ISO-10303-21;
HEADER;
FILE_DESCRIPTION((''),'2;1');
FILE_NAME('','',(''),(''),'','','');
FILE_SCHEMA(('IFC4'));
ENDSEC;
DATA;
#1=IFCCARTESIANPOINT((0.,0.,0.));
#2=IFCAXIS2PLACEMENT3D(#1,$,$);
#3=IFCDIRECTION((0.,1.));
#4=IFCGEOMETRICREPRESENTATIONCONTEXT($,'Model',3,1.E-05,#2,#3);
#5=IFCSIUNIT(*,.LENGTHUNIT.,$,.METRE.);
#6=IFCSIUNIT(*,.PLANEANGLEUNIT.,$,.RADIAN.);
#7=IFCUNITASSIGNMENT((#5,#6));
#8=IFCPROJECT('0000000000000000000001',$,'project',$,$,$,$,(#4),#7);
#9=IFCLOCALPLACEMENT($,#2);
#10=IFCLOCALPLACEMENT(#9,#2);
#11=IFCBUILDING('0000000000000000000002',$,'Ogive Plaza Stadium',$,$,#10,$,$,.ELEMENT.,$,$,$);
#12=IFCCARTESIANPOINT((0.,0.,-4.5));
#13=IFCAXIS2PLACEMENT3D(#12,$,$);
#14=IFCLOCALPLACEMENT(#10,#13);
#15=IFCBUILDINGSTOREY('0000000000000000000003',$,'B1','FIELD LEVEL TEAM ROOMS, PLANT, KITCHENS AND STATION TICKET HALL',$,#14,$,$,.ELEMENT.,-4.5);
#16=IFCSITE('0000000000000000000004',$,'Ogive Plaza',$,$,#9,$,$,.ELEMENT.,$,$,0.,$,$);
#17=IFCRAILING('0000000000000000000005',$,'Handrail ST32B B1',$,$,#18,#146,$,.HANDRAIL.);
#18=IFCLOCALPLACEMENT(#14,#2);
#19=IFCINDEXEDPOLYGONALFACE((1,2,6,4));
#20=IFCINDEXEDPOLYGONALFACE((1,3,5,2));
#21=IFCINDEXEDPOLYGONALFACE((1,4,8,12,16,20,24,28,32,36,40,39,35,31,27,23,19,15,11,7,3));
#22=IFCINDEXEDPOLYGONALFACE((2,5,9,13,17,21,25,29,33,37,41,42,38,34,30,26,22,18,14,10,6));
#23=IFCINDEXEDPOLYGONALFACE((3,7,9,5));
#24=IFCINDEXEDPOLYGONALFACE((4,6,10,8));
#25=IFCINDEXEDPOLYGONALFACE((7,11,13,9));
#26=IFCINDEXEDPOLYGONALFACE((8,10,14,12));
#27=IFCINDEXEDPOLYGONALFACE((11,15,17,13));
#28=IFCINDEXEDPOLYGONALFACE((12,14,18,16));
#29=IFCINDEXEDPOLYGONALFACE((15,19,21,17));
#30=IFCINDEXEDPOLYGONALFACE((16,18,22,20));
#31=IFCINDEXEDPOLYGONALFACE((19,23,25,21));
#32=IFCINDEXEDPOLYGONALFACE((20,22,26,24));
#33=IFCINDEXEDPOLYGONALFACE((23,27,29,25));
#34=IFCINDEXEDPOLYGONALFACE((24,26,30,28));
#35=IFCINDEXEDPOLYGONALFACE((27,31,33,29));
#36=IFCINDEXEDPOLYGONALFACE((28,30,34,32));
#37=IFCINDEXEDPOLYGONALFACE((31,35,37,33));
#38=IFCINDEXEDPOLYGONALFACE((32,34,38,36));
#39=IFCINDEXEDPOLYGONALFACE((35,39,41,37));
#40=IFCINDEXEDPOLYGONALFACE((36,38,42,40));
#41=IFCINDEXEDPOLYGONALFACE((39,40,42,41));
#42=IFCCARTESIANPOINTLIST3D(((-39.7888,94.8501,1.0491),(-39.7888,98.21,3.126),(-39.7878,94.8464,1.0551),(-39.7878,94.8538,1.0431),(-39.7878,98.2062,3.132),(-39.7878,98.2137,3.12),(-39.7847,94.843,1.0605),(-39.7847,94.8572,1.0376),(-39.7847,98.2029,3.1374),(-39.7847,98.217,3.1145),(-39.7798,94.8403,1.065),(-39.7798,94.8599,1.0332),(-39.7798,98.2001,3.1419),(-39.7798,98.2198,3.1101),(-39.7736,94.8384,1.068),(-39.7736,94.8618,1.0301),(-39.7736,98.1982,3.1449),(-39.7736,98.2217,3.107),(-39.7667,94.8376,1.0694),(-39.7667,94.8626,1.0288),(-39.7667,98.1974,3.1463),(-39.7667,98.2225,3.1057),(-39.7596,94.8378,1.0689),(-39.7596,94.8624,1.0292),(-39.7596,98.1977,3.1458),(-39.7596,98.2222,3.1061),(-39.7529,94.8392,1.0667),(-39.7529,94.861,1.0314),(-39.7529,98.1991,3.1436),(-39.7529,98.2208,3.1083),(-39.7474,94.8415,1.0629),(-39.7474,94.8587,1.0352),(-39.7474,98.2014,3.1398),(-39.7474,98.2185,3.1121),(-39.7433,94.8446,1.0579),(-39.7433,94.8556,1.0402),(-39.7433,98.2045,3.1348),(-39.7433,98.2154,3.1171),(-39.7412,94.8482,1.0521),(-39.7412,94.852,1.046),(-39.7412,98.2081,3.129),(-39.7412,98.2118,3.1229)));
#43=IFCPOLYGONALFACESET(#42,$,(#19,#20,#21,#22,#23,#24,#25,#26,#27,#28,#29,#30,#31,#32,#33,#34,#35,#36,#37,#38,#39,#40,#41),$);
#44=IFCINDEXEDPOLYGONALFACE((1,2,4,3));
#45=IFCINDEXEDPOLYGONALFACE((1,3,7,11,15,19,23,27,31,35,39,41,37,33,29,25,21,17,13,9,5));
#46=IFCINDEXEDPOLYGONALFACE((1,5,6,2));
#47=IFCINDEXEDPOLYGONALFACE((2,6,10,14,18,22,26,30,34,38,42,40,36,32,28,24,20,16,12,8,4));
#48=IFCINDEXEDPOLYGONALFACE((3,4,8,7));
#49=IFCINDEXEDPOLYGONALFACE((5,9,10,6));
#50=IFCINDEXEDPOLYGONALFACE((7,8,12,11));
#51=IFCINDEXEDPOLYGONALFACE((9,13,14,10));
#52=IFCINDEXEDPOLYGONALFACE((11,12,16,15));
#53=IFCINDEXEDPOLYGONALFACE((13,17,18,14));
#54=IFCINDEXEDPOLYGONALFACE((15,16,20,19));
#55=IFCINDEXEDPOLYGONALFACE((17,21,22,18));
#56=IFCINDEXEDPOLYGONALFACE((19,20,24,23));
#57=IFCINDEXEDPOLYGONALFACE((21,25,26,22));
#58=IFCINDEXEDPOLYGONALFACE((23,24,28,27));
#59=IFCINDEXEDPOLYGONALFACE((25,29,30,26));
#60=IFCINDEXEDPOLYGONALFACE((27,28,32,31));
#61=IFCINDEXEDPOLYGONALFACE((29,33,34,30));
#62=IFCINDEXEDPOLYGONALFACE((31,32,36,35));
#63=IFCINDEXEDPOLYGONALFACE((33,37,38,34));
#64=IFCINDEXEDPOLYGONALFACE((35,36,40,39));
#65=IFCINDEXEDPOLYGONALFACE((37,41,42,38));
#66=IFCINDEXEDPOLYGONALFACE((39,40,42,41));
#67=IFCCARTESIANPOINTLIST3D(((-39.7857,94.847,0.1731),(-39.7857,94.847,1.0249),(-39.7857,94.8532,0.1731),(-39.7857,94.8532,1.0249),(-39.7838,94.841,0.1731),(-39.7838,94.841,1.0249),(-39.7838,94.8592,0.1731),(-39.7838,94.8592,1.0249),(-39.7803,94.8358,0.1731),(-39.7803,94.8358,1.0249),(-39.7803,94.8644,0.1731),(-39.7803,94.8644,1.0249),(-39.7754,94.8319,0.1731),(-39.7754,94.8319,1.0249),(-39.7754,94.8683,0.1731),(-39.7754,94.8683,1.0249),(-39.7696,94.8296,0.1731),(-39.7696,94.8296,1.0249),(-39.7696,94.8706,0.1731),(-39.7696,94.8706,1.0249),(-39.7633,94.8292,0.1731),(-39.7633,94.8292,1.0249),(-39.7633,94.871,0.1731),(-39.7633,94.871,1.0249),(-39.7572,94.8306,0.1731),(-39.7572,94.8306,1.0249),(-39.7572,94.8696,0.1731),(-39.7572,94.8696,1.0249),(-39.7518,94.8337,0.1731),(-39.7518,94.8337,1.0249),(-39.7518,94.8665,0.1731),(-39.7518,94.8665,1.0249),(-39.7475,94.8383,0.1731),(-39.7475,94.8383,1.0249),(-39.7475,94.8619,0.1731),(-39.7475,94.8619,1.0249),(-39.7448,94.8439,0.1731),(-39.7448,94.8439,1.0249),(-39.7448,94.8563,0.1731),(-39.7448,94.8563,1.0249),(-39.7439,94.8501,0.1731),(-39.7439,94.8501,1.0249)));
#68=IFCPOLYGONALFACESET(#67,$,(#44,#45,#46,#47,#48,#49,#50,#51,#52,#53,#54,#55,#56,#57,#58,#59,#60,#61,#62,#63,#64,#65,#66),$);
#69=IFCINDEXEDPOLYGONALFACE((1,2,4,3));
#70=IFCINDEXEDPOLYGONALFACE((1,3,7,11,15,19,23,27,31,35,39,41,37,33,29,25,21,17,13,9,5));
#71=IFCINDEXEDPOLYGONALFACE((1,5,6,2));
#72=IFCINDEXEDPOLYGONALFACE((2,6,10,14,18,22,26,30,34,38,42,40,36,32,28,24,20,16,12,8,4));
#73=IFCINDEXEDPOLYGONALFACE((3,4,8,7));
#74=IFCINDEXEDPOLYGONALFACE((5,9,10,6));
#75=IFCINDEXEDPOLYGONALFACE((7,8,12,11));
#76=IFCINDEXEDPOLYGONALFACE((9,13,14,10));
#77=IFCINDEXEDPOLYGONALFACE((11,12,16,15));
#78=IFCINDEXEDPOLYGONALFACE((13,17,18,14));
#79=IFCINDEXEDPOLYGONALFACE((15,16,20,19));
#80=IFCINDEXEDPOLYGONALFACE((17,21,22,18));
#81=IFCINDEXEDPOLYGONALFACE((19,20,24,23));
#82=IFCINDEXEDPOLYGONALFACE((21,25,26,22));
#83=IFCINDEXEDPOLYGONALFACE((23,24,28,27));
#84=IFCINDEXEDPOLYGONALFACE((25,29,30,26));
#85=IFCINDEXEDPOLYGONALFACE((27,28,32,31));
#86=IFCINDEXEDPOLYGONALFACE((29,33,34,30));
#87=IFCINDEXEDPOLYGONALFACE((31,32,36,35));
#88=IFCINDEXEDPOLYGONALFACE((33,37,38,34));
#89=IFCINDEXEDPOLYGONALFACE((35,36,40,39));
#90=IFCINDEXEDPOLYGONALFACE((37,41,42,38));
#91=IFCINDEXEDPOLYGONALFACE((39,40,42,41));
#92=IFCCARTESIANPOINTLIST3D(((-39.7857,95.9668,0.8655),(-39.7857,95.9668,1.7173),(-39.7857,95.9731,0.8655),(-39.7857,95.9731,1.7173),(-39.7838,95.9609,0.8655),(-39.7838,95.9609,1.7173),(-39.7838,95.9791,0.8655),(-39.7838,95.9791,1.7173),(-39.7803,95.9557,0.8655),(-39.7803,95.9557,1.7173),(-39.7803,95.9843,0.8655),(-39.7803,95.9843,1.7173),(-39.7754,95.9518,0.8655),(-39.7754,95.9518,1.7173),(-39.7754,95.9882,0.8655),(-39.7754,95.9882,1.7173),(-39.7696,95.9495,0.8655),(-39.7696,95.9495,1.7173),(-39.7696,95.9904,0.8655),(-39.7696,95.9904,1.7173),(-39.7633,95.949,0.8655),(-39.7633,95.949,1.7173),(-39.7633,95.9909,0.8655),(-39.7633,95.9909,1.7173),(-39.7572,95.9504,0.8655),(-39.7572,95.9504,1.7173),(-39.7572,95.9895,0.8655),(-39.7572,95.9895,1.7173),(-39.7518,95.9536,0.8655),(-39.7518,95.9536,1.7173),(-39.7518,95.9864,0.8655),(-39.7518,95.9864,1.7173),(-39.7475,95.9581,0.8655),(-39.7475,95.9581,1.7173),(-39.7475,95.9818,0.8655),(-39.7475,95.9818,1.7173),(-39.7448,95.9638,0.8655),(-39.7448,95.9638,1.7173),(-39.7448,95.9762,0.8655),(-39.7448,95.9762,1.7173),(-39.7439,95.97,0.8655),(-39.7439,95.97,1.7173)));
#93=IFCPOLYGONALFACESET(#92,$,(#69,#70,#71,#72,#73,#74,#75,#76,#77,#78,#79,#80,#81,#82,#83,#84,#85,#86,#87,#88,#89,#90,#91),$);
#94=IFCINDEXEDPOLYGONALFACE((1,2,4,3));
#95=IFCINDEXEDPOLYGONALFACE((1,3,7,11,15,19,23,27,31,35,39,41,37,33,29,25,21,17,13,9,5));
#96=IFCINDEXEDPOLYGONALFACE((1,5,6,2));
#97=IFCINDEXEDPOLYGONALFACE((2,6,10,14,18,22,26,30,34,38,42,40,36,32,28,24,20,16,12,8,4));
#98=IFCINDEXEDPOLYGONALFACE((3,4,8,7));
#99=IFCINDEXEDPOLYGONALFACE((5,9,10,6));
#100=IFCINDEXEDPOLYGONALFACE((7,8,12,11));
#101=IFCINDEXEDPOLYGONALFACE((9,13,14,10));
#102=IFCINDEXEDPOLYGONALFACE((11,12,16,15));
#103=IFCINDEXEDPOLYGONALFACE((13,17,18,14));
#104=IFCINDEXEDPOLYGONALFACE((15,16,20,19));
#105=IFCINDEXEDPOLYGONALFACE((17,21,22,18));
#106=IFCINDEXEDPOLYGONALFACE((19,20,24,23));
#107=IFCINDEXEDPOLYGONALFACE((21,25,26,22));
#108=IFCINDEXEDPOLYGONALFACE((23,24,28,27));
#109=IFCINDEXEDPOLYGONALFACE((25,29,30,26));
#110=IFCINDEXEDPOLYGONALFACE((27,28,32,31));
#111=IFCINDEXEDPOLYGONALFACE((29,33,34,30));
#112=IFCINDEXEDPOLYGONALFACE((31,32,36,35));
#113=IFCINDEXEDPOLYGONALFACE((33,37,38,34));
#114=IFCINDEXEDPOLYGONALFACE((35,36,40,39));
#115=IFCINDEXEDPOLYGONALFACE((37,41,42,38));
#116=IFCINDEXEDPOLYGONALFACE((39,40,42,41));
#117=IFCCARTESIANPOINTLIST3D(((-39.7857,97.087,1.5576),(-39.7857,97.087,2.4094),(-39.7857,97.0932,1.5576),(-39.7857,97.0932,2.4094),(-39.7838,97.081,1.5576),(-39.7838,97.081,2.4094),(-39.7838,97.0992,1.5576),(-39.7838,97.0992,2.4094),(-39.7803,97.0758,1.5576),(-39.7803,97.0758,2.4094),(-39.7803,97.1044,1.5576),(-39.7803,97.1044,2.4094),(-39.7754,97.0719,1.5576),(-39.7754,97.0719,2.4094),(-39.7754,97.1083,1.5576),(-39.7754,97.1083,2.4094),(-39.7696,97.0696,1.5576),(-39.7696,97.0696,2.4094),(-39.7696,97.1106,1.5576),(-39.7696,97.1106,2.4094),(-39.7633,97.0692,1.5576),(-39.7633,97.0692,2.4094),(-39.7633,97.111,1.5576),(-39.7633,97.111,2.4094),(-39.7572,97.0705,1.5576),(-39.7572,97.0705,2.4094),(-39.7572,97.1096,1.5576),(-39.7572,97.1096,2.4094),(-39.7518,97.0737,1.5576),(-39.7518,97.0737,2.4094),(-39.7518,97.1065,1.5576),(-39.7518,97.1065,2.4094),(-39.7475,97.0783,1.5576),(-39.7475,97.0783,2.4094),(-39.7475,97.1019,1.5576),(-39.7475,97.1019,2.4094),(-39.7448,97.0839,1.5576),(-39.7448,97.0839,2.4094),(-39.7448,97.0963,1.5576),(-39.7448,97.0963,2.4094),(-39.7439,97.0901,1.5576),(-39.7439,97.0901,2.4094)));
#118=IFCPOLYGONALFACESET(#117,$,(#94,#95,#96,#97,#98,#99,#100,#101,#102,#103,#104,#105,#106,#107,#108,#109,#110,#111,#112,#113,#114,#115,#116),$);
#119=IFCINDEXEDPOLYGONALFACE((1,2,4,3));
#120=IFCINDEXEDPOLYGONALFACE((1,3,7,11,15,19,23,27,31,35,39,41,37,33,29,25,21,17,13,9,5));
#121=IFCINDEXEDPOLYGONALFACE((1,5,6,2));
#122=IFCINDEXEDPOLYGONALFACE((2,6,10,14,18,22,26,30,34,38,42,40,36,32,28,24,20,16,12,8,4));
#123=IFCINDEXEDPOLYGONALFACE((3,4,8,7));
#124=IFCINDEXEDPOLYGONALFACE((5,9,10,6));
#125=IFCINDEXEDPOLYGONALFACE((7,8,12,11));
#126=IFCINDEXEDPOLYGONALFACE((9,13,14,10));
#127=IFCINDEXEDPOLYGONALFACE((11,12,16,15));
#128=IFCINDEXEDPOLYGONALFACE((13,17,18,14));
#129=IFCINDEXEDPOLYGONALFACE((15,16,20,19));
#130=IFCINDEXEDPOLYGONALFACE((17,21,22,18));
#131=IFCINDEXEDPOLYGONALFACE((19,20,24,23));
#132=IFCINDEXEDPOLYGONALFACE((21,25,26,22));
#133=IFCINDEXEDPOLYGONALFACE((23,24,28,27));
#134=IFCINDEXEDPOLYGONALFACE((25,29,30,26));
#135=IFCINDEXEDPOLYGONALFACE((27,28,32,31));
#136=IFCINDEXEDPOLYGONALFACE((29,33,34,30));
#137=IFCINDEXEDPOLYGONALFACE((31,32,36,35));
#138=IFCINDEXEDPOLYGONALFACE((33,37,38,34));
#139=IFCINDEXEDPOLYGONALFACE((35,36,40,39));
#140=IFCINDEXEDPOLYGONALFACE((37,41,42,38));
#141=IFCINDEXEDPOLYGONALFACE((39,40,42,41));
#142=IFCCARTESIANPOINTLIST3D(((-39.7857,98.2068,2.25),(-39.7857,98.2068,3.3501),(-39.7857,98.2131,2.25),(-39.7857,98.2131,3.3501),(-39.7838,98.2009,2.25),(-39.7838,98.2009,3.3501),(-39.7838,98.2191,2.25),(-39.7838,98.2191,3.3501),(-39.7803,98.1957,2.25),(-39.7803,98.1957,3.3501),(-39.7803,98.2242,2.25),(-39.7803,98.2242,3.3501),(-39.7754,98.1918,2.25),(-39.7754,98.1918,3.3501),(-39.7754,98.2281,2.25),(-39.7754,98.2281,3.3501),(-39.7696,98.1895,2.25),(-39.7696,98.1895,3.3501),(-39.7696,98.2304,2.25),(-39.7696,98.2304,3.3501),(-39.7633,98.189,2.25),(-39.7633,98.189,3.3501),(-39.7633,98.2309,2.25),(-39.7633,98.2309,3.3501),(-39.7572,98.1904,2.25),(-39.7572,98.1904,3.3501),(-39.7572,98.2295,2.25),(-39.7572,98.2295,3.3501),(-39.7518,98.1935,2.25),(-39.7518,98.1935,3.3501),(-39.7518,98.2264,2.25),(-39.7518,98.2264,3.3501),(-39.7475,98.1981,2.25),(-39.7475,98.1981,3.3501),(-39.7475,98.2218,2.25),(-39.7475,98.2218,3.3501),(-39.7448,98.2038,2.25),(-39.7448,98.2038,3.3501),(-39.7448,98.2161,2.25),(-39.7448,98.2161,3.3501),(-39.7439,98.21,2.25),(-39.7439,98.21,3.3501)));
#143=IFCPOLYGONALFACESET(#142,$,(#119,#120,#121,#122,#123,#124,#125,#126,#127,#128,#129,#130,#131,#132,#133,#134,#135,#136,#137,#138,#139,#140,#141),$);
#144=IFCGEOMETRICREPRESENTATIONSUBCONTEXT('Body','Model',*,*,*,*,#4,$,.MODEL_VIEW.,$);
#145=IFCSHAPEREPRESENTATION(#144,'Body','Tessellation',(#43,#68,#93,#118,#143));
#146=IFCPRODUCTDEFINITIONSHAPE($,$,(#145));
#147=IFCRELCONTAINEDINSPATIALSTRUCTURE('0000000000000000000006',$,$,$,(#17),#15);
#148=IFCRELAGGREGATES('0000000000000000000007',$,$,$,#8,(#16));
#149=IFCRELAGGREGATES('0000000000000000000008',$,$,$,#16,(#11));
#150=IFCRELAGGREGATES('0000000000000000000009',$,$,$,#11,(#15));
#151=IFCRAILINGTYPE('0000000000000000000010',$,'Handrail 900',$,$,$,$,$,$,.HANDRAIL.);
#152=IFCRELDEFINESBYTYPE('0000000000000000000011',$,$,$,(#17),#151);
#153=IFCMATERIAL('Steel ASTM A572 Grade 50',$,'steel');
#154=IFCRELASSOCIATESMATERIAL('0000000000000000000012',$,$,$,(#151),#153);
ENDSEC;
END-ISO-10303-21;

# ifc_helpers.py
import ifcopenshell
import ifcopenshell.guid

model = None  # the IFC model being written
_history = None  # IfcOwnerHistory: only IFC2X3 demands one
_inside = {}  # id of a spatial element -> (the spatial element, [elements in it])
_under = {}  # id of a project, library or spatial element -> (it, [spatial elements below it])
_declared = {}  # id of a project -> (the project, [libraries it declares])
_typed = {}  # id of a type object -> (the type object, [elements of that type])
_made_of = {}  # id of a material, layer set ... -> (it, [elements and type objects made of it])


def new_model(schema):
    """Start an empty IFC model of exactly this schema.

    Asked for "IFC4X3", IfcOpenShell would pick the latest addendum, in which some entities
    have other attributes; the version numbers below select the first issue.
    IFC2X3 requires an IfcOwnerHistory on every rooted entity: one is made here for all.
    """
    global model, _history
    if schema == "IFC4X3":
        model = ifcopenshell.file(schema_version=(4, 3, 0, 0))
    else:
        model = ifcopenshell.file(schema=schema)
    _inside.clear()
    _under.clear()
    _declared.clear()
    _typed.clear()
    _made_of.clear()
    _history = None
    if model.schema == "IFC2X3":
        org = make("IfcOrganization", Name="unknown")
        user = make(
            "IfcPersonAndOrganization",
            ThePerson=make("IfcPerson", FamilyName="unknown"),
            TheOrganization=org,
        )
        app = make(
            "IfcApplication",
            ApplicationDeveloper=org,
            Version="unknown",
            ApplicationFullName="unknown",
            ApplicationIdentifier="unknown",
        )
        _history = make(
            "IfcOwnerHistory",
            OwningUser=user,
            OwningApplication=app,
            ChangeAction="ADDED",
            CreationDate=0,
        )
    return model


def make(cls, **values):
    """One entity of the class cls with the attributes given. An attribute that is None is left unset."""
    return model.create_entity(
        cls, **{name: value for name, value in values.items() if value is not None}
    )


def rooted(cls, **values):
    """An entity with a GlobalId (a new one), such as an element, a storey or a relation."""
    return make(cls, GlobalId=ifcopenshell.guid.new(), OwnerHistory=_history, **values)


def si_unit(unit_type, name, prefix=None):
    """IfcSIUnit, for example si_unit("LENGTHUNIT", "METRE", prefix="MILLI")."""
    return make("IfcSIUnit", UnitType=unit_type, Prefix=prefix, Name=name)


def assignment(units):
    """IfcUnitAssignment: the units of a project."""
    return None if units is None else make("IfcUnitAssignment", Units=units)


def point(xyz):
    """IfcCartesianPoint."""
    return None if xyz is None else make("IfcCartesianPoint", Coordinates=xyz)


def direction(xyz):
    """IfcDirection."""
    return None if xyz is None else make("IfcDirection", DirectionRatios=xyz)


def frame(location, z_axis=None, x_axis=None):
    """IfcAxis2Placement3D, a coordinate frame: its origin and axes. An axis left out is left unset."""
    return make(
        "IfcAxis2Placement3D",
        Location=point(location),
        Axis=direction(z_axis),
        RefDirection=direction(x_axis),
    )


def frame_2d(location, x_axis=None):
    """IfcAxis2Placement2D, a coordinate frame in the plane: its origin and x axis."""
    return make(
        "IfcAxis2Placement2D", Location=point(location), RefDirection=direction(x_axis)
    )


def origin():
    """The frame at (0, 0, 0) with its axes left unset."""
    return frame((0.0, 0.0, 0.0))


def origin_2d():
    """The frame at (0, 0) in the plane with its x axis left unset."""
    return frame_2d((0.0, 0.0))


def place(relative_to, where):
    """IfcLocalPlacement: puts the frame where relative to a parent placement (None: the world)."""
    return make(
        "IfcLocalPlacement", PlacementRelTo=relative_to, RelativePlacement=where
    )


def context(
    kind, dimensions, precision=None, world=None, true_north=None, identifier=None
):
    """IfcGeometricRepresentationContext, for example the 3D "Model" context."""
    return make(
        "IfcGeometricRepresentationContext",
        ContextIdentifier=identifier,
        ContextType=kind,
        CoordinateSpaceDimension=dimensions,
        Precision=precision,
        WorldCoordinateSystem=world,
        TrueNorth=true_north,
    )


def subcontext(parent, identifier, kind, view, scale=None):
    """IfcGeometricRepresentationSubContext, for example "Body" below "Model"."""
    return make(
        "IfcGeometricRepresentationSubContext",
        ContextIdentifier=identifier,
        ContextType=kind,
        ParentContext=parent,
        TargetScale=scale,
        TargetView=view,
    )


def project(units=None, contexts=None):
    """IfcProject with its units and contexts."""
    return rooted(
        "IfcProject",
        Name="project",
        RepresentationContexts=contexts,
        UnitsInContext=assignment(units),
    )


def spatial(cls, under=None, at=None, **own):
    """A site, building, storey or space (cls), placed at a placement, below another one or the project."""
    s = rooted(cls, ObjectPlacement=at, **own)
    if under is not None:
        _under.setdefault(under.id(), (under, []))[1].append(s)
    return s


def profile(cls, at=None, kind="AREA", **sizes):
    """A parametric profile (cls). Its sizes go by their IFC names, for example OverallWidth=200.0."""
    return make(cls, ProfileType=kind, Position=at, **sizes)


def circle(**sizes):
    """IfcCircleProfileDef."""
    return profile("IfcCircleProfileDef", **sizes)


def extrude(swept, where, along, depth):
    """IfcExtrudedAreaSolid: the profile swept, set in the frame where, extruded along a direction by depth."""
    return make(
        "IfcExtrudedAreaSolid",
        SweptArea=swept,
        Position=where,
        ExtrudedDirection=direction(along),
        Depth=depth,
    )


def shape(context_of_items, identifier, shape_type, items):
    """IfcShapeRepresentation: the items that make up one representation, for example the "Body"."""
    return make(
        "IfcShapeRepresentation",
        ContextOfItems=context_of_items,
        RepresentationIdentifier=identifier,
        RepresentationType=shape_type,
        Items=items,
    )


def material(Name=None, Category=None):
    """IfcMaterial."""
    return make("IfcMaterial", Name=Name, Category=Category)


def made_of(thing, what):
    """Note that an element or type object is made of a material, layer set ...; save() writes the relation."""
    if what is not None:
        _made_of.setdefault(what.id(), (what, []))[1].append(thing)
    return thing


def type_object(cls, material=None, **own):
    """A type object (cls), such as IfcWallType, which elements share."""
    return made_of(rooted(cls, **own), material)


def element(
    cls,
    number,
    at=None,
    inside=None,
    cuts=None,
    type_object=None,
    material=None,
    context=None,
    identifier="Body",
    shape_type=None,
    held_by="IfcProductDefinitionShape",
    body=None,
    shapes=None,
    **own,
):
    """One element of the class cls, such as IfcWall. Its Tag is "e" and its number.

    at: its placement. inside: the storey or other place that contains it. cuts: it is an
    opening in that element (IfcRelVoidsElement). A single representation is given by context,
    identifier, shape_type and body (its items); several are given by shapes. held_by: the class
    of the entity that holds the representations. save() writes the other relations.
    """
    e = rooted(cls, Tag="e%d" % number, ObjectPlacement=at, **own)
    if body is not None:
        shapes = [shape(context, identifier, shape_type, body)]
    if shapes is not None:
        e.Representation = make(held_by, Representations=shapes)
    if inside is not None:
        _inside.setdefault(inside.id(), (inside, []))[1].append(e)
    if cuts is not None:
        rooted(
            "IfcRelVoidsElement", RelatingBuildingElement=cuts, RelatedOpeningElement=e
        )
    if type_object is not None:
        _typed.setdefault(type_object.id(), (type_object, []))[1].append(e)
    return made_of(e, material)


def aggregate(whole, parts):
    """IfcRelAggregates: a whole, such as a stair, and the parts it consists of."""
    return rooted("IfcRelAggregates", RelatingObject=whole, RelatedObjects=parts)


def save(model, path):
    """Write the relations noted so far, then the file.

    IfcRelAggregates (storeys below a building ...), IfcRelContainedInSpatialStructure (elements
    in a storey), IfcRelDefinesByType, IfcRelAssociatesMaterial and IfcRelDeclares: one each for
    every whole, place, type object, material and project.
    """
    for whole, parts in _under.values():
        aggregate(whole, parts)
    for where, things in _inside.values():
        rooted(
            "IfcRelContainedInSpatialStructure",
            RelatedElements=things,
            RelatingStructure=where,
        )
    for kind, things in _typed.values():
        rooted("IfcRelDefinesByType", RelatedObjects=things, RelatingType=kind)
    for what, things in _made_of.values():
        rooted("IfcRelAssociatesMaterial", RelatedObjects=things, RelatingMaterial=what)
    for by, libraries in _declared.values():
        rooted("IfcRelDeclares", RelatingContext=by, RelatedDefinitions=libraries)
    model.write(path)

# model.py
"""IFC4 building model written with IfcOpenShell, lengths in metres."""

from ifc_helpers import new_model, si_unit, direction, frame, origin, origin_2d, place, context, subcontext, project, spatial, circle, extrude, material, type_object, element, save


model = new_model("IFC4")

# Units and contexts
model_context = context("Model", 3, precision=1e-05, world=origin(), true_north=direction((0.0, 1.0)))
body_context = subcontext(model_context, "Body", "Model", "MODEL_VIEW")
ifc_project = project(units=[si_unit("LENGTHUNIT", "METRE"), si_unit("PLANEANGLEUNIT", "RADIAN")], contexts=[model_context])

# Site, building, storey
site_placement = place(None, origin())
site = spatial("IfcSite", under=ifc_project, at=site_placement, Name="Ogive Plaza", CompositionType="ELEMENT", RefElevation=0.0)
building_placement = place(site_placement, origin())
building = spatial("IfcBuilding", under=site, at=building_placement, Name="Ogive Plaza Stadium", CompositionType="ELEMENT")
storey_placement = place(building_placement, frame((0.0, 0.0, -4.5)))
storey = spatial("IfcBuildingStorey", under=building, at=storey_placement, Name="B1", Description="FIELD LEVEL TEAM ROOMS, PLANT, KITCHENS AND STATION TICKET HALL", CompositionType="ELEMENT", Elevation=-4.5)

# Railing
ifc_material_1 = material(Name="Steel ASTM A572 Grade 50", Category="steel")
railing_type_1 = type_object("IfcRailingType", Name="Handrail 900", PredefinedType="HANDRAIL", material=ifc_material_1)
for number, where, name in (
    (1, (-39.7649, 94.8501, 0.1731), "Handrail ST32B B1"),
):
    element("IfcRailing", number, at=place(storey_placement, frame(where)), inside=storey, type_object=railing_type_1, Name=name, PredefinedType="HANDRAIL", context=body_context, shape_type="SweptSolid", body=[
        extrude(circle(Radius=0.0239, at=origin_2d()), frame((0.0, 0.0, 0.876), z_axis=(0.0, 0.850606, 0.525803), x_axis=(-1.0, 0.0, 0.0)), (0.0, 0.0, 1.0), 3.95),
        extrude(circle(Radius=0.021, at=origin_2d()), origin(), (0.0, 0.0, 1.0), 0.8518),
        extrude(circle(Radius=0.021, at=origin_2d()), frame((0.0, 1.1199, 0.6924)), (0.0, 0.0, 1.0), 0.8518),
        extrude(circle(Radius=0.021, at=origin_2d()), frame((0.0, 2.24, 1.3845)), (0.0, 0.0, 1.0), 0.8518),
        extrude(circle(Radius=0.021, at=origin_2d()), frame((0.0, 3.3599, 2.0769)), (0.0, 0.0, 1.0), 1.1001),
    ])

save(model, "model.ifc")
